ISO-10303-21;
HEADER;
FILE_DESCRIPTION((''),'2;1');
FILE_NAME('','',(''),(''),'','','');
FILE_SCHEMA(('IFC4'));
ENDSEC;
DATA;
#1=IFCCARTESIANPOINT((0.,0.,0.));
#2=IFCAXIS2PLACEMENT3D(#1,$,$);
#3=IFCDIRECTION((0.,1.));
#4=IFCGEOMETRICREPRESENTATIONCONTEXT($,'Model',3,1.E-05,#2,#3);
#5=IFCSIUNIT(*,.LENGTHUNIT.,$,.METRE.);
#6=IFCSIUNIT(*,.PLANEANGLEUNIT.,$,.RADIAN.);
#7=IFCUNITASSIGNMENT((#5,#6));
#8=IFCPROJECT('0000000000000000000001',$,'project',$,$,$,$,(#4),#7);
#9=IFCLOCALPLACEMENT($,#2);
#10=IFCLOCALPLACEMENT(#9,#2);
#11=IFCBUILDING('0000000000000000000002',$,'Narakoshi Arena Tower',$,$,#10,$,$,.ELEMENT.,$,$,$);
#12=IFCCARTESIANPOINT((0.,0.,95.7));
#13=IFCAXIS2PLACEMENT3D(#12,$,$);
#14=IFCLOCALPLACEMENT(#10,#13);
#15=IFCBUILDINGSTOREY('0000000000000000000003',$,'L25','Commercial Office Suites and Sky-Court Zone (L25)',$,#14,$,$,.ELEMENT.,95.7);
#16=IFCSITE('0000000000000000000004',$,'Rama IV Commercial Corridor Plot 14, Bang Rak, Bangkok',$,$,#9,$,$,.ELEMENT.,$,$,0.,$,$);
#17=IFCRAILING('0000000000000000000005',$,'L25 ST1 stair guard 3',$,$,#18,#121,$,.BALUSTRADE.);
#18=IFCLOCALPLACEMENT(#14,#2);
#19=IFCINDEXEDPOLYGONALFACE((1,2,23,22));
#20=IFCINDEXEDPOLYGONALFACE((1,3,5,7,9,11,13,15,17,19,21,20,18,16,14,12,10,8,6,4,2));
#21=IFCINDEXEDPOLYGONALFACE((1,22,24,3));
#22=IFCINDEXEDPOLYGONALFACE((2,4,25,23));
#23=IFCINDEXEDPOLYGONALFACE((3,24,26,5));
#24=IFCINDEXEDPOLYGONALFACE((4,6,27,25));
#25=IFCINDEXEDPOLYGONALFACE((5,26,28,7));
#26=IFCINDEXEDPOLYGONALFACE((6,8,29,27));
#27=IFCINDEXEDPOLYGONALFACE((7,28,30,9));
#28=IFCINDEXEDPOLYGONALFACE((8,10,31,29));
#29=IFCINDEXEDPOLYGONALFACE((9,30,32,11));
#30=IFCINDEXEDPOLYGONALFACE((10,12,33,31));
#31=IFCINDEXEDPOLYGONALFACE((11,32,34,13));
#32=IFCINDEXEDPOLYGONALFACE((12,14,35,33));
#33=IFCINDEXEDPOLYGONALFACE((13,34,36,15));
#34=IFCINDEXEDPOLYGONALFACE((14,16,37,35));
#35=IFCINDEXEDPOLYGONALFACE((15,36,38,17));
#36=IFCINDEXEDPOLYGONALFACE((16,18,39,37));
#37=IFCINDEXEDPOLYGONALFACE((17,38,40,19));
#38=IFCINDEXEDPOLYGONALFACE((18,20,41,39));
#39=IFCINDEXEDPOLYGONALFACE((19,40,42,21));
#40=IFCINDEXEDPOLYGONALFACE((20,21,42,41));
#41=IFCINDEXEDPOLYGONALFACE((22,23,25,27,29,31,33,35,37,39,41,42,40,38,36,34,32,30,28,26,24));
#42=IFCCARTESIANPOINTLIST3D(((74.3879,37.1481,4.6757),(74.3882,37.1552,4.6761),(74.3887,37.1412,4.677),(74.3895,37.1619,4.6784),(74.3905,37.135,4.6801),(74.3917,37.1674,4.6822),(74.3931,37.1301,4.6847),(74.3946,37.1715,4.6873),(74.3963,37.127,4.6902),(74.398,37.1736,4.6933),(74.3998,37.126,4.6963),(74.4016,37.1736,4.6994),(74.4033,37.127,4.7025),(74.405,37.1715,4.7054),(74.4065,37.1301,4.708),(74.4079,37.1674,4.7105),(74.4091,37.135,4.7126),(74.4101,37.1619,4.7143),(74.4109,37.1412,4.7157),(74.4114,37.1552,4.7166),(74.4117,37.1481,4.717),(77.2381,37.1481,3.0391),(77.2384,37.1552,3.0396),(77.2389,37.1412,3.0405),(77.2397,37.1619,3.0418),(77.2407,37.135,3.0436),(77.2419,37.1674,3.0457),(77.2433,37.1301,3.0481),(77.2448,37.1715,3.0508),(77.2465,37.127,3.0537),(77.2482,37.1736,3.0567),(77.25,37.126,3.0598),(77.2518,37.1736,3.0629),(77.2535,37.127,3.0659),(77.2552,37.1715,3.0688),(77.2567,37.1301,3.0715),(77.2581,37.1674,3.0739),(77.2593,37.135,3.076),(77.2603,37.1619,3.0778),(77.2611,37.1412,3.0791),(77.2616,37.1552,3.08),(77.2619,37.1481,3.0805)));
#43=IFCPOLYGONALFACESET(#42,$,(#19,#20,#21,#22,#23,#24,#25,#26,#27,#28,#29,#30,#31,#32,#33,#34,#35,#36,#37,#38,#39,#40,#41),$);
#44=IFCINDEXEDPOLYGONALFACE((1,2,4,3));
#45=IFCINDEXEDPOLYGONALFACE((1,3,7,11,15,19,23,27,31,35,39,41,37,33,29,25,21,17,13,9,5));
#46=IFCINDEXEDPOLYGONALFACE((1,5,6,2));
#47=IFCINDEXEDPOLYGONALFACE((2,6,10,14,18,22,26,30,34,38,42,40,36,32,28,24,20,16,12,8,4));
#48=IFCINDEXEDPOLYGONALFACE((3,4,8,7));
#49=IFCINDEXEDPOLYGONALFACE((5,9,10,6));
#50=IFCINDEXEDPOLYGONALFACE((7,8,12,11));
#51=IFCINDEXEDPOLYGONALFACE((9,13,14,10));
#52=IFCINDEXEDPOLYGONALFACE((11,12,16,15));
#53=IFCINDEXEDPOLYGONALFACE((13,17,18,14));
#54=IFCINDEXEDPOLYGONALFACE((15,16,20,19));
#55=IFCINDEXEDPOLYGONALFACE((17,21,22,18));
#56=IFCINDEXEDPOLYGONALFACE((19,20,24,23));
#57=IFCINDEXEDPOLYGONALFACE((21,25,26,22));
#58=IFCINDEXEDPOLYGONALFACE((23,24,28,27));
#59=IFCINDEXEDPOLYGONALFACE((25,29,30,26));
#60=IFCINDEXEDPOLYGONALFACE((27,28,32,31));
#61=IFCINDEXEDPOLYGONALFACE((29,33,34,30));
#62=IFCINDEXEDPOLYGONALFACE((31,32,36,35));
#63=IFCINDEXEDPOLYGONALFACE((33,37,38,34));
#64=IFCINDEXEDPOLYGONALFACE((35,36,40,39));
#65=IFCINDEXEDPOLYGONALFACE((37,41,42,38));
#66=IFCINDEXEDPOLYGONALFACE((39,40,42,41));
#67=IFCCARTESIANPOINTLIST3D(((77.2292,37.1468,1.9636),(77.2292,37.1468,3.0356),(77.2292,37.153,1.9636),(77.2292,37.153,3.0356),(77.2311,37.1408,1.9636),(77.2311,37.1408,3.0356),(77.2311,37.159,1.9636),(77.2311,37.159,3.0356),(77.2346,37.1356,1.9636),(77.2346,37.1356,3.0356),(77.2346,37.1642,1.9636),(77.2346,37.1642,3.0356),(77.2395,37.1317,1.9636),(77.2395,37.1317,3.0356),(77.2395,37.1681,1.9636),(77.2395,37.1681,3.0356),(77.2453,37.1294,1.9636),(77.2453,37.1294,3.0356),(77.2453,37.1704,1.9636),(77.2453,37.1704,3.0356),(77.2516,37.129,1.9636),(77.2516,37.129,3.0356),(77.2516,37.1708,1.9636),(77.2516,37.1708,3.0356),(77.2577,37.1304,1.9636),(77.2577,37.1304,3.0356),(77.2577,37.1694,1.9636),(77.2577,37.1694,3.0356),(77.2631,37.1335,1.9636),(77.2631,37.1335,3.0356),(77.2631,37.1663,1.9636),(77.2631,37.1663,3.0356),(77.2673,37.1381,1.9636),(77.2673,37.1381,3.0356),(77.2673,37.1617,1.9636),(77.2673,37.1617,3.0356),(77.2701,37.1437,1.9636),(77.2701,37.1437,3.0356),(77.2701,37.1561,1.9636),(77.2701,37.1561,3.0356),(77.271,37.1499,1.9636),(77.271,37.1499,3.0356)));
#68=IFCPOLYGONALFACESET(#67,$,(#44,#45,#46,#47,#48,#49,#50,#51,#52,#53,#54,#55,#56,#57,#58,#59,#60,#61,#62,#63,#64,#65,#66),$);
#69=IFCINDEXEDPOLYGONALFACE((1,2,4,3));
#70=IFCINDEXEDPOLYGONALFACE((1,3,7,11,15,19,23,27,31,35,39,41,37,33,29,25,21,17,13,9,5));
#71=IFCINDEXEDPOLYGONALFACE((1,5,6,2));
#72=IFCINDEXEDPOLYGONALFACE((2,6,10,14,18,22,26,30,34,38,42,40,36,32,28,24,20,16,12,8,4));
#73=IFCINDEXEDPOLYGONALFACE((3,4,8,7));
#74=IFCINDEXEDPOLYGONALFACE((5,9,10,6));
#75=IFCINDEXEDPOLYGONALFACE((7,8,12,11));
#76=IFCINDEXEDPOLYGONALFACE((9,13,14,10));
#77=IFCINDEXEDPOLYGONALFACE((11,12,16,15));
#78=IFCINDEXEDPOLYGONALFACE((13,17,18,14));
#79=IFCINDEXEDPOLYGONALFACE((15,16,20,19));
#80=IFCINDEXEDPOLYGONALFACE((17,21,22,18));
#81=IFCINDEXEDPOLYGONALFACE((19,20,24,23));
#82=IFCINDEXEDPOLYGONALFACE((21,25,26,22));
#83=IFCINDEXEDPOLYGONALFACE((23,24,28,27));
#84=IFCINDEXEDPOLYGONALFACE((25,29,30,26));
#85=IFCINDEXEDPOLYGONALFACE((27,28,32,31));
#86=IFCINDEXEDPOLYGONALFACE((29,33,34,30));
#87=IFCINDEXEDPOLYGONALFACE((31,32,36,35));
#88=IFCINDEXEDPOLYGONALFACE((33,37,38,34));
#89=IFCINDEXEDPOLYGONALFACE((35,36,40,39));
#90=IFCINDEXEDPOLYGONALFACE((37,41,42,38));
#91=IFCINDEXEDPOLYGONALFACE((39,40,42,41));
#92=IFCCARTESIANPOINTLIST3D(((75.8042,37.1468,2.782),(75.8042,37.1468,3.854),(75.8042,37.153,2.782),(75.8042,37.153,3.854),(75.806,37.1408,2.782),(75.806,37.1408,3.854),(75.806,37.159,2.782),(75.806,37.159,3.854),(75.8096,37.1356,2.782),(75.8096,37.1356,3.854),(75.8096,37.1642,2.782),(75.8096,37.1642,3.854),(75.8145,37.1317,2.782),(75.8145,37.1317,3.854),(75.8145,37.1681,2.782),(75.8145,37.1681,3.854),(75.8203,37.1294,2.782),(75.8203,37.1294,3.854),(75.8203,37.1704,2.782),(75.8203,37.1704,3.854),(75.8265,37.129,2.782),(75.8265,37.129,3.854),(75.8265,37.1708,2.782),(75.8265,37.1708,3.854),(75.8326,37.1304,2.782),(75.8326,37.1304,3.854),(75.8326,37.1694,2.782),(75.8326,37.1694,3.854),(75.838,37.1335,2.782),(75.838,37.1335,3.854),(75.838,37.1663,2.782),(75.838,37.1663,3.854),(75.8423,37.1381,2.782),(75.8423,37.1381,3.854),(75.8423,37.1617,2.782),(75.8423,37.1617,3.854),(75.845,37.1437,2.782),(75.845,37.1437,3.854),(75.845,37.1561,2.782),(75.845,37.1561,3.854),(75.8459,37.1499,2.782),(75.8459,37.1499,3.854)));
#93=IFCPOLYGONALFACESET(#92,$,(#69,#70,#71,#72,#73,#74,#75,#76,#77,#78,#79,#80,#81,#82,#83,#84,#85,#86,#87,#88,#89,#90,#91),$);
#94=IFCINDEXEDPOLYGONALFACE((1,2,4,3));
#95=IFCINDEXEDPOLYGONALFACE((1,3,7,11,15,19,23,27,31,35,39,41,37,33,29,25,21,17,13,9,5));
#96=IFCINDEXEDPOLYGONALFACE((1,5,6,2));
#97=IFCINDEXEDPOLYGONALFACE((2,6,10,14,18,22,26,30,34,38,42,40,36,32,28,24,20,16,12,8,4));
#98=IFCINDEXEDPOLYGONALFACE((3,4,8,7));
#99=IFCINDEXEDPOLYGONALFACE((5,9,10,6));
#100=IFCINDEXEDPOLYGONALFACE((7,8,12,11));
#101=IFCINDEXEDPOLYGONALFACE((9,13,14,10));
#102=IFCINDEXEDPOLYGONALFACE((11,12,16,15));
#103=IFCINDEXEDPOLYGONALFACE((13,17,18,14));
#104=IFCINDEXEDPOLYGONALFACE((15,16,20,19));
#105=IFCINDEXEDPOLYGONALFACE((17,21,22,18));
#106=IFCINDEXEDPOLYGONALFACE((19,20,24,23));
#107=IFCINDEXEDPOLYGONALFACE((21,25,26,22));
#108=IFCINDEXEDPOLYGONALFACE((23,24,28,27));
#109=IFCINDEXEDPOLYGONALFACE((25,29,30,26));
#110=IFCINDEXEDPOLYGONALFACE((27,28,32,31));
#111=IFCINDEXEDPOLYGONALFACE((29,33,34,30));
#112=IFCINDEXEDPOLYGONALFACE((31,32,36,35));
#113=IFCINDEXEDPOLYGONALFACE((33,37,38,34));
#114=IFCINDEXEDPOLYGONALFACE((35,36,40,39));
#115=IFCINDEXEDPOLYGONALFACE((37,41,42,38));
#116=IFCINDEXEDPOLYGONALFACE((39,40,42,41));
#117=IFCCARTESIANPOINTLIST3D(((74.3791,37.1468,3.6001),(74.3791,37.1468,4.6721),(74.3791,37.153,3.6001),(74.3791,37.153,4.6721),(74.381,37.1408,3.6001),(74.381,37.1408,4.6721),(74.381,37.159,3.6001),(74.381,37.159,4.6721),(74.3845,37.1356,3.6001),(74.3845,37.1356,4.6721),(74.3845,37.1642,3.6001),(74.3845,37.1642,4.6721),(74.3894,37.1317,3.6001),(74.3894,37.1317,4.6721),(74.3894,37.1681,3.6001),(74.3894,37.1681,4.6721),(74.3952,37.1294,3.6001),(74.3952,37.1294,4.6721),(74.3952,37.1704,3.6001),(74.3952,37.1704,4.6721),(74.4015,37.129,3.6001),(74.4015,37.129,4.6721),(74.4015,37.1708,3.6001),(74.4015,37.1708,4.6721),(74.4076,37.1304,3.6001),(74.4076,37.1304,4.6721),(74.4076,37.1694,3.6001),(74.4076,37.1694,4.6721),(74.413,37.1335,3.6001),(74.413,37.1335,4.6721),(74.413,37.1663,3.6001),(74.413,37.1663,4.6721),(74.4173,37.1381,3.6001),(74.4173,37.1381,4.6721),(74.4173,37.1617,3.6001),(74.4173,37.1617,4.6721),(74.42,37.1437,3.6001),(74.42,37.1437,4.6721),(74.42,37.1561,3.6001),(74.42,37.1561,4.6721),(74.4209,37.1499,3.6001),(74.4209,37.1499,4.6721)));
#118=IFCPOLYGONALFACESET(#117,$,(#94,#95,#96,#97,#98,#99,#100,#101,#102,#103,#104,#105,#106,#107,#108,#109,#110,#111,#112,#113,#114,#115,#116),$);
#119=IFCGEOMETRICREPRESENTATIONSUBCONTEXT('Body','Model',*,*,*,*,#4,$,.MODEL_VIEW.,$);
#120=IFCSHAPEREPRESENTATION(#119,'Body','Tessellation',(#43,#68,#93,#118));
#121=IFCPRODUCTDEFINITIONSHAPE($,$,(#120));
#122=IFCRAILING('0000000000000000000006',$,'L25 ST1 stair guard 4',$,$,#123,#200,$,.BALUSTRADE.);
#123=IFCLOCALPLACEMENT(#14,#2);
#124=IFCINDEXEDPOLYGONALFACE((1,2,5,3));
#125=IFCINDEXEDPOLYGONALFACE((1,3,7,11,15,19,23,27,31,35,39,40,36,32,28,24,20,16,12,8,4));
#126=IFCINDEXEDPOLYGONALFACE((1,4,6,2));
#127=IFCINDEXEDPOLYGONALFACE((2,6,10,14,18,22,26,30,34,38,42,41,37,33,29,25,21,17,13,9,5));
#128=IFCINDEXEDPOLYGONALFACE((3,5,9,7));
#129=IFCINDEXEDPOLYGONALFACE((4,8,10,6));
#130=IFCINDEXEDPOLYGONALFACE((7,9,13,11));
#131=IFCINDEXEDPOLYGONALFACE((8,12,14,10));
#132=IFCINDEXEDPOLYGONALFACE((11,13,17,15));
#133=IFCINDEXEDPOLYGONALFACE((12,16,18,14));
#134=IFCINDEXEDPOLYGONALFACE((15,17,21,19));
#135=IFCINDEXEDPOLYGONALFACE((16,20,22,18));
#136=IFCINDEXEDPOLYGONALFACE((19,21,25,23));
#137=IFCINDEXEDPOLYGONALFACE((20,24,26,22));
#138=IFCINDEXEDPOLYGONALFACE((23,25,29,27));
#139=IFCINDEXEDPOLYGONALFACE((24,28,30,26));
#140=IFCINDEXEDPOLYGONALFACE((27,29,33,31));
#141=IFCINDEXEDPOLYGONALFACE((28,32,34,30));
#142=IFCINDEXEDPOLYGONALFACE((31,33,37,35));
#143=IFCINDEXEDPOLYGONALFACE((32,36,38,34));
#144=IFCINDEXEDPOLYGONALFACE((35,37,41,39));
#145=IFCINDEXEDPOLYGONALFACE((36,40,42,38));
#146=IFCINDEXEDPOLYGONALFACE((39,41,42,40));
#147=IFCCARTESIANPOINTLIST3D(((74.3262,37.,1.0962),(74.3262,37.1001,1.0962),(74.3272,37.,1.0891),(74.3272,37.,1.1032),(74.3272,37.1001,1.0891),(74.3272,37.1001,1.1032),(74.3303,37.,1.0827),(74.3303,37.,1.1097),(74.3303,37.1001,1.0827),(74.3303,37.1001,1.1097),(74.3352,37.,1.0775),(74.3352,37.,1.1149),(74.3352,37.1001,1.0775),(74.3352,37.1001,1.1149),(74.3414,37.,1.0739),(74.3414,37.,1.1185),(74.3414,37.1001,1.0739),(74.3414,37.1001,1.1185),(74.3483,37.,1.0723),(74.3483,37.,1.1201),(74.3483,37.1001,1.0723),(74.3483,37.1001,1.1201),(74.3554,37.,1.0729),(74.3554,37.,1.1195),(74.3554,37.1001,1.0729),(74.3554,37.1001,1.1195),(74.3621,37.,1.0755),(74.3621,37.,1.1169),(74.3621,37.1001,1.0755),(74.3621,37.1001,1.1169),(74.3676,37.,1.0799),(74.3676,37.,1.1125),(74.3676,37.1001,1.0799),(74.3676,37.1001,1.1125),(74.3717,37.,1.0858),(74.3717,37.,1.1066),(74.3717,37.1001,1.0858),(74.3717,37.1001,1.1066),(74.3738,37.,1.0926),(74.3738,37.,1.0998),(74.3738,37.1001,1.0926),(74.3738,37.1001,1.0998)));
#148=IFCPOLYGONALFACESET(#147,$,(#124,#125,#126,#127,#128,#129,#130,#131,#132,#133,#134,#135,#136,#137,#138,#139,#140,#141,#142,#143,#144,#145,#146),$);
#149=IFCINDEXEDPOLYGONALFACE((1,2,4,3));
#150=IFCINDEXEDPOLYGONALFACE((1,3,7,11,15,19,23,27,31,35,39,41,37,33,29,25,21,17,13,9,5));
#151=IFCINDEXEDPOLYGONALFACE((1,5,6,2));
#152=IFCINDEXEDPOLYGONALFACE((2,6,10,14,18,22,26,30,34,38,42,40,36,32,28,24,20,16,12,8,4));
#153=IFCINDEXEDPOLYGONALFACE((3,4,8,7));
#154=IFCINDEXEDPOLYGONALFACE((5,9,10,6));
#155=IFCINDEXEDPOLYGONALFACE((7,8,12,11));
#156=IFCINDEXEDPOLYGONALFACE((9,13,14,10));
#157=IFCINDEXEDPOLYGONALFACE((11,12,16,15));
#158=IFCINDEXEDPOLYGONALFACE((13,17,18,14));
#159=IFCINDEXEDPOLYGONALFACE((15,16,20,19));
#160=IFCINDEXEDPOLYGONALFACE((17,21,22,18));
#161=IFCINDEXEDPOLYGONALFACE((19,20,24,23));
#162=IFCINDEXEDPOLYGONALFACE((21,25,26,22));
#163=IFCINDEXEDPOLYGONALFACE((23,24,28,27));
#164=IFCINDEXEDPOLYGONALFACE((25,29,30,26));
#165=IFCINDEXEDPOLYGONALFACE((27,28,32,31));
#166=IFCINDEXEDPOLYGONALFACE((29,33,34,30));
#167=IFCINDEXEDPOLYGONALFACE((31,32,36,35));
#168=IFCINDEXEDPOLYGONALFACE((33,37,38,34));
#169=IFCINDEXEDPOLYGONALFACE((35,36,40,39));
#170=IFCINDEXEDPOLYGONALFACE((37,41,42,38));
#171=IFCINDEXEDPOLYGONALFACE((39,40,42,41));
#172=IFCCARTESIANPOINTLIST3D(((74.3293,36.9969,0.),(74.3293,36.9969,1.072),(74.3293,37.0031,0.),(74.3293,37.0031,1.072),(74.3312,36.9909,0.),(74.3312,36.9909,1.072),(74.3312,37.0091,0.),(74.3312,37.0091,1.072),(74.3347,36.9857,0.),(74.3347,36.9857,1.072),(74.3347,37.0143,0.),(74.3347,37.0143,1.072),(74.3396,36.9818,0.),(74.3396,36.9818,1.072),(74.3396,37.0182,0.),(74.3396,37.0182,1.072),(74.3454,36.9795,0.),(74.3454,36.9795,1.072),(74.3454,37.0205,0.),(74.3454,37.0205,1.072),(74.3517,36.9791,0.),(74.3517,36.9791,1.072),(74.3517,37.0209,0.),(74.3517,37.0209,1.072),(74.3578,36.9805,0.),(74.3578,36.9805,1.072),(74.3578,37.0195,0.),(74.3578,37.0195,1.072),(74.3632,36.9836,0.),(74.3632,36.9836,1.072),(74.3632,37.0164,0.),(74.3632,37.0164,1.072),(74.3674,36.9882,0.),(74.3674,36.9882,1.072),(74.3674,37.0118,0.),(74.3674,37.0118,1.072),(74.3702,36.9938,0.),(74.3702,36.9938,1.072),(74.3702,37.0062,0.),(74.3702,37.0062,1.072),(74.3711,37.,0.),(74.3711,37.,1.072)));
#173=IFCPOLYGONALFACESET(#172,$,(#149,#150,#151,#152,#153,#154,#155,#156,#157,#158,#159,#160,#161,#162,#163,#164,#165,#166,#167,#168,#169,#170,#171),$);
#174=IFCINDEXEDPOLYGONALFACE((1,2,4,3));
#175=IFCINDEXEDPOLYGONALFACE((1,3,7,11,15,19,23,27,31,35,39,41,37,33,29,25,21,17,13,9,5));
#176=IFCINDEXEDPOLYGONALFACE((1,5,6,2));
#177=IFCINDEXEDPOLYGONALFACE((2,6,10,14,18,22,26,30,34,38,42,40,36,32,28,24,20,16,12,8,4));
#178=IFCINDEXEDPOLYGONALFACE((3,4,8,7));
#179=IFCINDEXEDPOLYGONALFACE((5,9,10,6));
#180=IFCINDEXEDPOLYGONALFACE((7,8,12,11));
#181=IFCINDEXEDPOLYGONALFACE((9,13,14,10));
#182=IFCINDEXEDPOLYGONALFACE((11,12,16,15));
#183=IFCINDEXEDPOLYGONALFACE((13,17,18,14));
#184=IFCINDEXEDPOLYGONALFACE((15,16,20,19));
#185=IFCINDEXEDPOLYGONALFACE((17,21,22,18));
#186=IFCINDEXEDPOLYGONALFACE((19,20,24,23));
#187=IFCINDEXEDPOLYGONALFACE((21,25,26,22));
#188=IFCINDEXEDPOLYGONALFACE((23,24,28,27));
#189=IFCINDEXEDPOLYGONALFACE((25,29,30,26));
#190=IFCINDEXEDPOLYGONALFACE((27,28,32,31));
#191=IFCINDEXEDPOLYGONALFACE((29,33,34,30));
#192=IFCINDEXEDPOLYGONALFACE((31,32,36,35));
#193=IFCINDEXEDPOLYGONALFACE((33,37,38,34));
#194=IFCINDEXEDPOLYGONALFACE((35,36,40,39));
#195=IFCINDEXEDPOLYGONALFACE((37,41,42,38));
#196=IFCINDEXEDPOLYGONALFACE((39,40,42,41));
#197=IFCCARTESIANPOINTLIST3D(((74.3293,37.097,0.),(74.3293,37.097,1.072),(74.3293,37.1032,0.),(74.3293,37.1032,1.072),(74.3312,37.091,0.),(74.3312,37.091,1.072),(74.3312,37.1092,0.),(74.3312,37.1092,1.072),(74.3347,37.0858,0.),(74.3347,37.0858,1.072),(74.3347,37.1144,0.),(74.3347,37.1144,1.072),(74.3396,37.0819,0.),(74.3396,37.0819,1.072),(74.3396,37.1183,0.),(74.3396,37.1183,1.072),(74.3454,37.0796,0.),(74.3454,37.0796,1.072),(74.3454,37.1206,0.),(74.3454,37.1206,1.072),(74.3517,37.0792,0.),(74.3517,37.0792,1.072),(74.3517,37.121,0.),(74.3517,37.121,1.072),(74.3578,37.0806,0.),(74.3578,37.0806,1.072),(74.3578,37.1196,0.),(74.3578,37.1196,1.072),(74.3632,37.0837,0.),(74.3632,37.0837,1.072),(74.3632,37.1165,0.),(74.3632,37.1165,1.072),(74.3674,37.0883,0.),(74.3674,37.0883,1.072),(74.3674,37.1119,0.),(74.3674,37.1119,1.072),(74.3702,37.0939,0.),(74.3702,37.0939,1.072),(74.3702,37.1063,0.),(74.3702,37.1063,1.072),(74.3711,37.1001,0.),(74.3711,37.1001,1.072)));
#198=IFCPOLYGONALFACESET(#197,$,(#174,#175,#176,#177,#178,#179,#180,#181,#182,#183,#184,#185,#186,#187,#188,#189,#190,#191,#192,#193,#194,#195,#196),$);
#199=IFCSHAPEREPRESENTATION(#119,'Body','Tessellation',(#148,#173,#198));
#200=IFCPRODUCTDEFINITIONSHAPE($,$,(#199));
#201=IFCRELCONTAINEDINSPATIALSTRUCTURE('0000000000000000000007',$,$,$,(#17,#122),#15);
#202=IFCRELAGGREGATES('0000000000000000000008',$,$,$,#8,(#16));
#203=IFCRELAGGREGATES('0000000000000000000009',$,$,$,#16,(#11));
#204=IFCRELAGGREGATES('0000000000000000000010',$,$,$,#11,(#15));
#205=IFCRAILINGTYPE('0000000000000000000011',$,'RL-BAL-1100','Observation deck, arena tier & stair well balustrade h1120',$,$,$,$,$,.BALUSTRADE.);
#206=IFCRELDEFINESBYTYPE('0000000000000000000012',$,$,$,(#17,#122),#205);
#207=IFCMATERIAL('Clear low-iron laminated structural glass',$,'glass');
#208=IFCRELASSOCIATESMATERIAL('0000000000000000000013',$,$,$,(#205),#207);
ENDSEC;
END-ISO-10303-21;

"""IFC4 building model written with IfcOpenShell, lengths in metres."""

from ifc_helpers import new_model, si_unit, direction, frame, origin, origin_2d, place, context, subcontext, project, spatial, circle, extrude, material, type_object, element, save


model = new_model("IFC4")

# Units and contexts
model_context = context("Model", 3, precision=1e-05, world=origin(), true_north=direction((0.0, 1.0)))
body_context = subcontext(model_context, "Body", "Model", "MODEL_VIEW")
ifc_project = project(units=[si_unit("LENGTHUNIT", "METRE"), si_unit("PLANEANGLEUNIT", "RADIAN")], contexts=[model_context])

# Site, building, storey
site_placement = place(None, origin())
site = spatial("IfcSite", under=ifc_project, at=site_placement, Name="Rama IV Commercial Corridor Plot 14, Bang Rak, Bangkok", CompositionType="ELEMENT", RefElevation=0.0)
building_placement = place(site_placement, origin())
building = spatial("IfcBuilding", under=site, at=building_placement, Name="Narakoshi Arena Tower", CompositionType="ELEMENT")
storey_placement = place(building_placement, frame((0.0, 0.0, 95.7)))
storey = spatial("IfcBuildingStorey", under=building, at=storey_placement, Name="L25", Description="Commercial Office Suites and Sky-Court Zone (L25)", CompositionType="ELEMENT", Elevation=95.7)

# Railings
ifc_material_1 = material(Name="Clear low-iron laminated structural glass", Category="glass")
railing_type_1 = type_object("IfcRailingType", Name="RL-BAL-1100", Description="Observation deck, arena tier & stair well balustrade h1120", PredefinedType="BALUSTRADE", material=ifc_material_1)
railing_1_placement = place(storey_placement, frame((77.25, 37.1499, 1.9636)))
element("IfcRailing", 1, at=railing_1_placement, inside=storey, type_object=railing_type_1, Name="L25 ST1 stair guard 3", PredefinedType="BALUSTRADE", context=body_context, shape_type="SweptSolid", body=[
    extrude(circle(Radius=0.0239, at=origin_2d()), frame((0.0, 0.0, 1.0962), z_axis=(-0.867213, 0.0, 0.497938), x_axis=(0.0, -1.0, 0.0)), (0.0, 0.0, 1.0), 3.2866),
    extrude(circle(Radius=0.021, at=origin_2d()), origin(), (0.0, 0.0, 1.0), 1.072),
    extrude(circle(Radius=0.021, at=origin_2d()), frame((-1.425, 0.0, 0.8184)), (0.0, 0.0, 1.0), 1.072),
    extrude(circle(Radius=0.021, at=origin_2d()), frame((-2.8501, 0.0, 1.6365)), (0.0, 0.0, 1.0), 1.072),
])
railing_2_placement = place(storey_placement, frame((74.3501, 37.0, 0.0)))
element("IfcRailing", 2, at=railing_2_placement, inside=storey, type_object=railing_type_1, Name="L25 ST1 stair guard 4", PredefinedType="BALUSTRADE", context=body_context, shape_type="SweptSolid", body=[
    extrude(circle(Radius=0.0239, at=origin_2d()), frame((0.0, 0.0, 1.0962), z_axis=(0.0, 1.0, 0.0), x_axis=(-1.0, 0.0, 0.0)), (0.0, 0.0, 1.0), 0.1001),
    extrude(circle(Radius=0.021, at=origin_2d()), origin(), (0.0, 0.0, 1.0), 1.072),
    extrude(circle(Radius=0.021, at=origin_2d()), frame((0.0, 0.1001, 0.0)), (0.0, 0.0, 1.0), 1.072),
])

save(model, "model.ifc")
